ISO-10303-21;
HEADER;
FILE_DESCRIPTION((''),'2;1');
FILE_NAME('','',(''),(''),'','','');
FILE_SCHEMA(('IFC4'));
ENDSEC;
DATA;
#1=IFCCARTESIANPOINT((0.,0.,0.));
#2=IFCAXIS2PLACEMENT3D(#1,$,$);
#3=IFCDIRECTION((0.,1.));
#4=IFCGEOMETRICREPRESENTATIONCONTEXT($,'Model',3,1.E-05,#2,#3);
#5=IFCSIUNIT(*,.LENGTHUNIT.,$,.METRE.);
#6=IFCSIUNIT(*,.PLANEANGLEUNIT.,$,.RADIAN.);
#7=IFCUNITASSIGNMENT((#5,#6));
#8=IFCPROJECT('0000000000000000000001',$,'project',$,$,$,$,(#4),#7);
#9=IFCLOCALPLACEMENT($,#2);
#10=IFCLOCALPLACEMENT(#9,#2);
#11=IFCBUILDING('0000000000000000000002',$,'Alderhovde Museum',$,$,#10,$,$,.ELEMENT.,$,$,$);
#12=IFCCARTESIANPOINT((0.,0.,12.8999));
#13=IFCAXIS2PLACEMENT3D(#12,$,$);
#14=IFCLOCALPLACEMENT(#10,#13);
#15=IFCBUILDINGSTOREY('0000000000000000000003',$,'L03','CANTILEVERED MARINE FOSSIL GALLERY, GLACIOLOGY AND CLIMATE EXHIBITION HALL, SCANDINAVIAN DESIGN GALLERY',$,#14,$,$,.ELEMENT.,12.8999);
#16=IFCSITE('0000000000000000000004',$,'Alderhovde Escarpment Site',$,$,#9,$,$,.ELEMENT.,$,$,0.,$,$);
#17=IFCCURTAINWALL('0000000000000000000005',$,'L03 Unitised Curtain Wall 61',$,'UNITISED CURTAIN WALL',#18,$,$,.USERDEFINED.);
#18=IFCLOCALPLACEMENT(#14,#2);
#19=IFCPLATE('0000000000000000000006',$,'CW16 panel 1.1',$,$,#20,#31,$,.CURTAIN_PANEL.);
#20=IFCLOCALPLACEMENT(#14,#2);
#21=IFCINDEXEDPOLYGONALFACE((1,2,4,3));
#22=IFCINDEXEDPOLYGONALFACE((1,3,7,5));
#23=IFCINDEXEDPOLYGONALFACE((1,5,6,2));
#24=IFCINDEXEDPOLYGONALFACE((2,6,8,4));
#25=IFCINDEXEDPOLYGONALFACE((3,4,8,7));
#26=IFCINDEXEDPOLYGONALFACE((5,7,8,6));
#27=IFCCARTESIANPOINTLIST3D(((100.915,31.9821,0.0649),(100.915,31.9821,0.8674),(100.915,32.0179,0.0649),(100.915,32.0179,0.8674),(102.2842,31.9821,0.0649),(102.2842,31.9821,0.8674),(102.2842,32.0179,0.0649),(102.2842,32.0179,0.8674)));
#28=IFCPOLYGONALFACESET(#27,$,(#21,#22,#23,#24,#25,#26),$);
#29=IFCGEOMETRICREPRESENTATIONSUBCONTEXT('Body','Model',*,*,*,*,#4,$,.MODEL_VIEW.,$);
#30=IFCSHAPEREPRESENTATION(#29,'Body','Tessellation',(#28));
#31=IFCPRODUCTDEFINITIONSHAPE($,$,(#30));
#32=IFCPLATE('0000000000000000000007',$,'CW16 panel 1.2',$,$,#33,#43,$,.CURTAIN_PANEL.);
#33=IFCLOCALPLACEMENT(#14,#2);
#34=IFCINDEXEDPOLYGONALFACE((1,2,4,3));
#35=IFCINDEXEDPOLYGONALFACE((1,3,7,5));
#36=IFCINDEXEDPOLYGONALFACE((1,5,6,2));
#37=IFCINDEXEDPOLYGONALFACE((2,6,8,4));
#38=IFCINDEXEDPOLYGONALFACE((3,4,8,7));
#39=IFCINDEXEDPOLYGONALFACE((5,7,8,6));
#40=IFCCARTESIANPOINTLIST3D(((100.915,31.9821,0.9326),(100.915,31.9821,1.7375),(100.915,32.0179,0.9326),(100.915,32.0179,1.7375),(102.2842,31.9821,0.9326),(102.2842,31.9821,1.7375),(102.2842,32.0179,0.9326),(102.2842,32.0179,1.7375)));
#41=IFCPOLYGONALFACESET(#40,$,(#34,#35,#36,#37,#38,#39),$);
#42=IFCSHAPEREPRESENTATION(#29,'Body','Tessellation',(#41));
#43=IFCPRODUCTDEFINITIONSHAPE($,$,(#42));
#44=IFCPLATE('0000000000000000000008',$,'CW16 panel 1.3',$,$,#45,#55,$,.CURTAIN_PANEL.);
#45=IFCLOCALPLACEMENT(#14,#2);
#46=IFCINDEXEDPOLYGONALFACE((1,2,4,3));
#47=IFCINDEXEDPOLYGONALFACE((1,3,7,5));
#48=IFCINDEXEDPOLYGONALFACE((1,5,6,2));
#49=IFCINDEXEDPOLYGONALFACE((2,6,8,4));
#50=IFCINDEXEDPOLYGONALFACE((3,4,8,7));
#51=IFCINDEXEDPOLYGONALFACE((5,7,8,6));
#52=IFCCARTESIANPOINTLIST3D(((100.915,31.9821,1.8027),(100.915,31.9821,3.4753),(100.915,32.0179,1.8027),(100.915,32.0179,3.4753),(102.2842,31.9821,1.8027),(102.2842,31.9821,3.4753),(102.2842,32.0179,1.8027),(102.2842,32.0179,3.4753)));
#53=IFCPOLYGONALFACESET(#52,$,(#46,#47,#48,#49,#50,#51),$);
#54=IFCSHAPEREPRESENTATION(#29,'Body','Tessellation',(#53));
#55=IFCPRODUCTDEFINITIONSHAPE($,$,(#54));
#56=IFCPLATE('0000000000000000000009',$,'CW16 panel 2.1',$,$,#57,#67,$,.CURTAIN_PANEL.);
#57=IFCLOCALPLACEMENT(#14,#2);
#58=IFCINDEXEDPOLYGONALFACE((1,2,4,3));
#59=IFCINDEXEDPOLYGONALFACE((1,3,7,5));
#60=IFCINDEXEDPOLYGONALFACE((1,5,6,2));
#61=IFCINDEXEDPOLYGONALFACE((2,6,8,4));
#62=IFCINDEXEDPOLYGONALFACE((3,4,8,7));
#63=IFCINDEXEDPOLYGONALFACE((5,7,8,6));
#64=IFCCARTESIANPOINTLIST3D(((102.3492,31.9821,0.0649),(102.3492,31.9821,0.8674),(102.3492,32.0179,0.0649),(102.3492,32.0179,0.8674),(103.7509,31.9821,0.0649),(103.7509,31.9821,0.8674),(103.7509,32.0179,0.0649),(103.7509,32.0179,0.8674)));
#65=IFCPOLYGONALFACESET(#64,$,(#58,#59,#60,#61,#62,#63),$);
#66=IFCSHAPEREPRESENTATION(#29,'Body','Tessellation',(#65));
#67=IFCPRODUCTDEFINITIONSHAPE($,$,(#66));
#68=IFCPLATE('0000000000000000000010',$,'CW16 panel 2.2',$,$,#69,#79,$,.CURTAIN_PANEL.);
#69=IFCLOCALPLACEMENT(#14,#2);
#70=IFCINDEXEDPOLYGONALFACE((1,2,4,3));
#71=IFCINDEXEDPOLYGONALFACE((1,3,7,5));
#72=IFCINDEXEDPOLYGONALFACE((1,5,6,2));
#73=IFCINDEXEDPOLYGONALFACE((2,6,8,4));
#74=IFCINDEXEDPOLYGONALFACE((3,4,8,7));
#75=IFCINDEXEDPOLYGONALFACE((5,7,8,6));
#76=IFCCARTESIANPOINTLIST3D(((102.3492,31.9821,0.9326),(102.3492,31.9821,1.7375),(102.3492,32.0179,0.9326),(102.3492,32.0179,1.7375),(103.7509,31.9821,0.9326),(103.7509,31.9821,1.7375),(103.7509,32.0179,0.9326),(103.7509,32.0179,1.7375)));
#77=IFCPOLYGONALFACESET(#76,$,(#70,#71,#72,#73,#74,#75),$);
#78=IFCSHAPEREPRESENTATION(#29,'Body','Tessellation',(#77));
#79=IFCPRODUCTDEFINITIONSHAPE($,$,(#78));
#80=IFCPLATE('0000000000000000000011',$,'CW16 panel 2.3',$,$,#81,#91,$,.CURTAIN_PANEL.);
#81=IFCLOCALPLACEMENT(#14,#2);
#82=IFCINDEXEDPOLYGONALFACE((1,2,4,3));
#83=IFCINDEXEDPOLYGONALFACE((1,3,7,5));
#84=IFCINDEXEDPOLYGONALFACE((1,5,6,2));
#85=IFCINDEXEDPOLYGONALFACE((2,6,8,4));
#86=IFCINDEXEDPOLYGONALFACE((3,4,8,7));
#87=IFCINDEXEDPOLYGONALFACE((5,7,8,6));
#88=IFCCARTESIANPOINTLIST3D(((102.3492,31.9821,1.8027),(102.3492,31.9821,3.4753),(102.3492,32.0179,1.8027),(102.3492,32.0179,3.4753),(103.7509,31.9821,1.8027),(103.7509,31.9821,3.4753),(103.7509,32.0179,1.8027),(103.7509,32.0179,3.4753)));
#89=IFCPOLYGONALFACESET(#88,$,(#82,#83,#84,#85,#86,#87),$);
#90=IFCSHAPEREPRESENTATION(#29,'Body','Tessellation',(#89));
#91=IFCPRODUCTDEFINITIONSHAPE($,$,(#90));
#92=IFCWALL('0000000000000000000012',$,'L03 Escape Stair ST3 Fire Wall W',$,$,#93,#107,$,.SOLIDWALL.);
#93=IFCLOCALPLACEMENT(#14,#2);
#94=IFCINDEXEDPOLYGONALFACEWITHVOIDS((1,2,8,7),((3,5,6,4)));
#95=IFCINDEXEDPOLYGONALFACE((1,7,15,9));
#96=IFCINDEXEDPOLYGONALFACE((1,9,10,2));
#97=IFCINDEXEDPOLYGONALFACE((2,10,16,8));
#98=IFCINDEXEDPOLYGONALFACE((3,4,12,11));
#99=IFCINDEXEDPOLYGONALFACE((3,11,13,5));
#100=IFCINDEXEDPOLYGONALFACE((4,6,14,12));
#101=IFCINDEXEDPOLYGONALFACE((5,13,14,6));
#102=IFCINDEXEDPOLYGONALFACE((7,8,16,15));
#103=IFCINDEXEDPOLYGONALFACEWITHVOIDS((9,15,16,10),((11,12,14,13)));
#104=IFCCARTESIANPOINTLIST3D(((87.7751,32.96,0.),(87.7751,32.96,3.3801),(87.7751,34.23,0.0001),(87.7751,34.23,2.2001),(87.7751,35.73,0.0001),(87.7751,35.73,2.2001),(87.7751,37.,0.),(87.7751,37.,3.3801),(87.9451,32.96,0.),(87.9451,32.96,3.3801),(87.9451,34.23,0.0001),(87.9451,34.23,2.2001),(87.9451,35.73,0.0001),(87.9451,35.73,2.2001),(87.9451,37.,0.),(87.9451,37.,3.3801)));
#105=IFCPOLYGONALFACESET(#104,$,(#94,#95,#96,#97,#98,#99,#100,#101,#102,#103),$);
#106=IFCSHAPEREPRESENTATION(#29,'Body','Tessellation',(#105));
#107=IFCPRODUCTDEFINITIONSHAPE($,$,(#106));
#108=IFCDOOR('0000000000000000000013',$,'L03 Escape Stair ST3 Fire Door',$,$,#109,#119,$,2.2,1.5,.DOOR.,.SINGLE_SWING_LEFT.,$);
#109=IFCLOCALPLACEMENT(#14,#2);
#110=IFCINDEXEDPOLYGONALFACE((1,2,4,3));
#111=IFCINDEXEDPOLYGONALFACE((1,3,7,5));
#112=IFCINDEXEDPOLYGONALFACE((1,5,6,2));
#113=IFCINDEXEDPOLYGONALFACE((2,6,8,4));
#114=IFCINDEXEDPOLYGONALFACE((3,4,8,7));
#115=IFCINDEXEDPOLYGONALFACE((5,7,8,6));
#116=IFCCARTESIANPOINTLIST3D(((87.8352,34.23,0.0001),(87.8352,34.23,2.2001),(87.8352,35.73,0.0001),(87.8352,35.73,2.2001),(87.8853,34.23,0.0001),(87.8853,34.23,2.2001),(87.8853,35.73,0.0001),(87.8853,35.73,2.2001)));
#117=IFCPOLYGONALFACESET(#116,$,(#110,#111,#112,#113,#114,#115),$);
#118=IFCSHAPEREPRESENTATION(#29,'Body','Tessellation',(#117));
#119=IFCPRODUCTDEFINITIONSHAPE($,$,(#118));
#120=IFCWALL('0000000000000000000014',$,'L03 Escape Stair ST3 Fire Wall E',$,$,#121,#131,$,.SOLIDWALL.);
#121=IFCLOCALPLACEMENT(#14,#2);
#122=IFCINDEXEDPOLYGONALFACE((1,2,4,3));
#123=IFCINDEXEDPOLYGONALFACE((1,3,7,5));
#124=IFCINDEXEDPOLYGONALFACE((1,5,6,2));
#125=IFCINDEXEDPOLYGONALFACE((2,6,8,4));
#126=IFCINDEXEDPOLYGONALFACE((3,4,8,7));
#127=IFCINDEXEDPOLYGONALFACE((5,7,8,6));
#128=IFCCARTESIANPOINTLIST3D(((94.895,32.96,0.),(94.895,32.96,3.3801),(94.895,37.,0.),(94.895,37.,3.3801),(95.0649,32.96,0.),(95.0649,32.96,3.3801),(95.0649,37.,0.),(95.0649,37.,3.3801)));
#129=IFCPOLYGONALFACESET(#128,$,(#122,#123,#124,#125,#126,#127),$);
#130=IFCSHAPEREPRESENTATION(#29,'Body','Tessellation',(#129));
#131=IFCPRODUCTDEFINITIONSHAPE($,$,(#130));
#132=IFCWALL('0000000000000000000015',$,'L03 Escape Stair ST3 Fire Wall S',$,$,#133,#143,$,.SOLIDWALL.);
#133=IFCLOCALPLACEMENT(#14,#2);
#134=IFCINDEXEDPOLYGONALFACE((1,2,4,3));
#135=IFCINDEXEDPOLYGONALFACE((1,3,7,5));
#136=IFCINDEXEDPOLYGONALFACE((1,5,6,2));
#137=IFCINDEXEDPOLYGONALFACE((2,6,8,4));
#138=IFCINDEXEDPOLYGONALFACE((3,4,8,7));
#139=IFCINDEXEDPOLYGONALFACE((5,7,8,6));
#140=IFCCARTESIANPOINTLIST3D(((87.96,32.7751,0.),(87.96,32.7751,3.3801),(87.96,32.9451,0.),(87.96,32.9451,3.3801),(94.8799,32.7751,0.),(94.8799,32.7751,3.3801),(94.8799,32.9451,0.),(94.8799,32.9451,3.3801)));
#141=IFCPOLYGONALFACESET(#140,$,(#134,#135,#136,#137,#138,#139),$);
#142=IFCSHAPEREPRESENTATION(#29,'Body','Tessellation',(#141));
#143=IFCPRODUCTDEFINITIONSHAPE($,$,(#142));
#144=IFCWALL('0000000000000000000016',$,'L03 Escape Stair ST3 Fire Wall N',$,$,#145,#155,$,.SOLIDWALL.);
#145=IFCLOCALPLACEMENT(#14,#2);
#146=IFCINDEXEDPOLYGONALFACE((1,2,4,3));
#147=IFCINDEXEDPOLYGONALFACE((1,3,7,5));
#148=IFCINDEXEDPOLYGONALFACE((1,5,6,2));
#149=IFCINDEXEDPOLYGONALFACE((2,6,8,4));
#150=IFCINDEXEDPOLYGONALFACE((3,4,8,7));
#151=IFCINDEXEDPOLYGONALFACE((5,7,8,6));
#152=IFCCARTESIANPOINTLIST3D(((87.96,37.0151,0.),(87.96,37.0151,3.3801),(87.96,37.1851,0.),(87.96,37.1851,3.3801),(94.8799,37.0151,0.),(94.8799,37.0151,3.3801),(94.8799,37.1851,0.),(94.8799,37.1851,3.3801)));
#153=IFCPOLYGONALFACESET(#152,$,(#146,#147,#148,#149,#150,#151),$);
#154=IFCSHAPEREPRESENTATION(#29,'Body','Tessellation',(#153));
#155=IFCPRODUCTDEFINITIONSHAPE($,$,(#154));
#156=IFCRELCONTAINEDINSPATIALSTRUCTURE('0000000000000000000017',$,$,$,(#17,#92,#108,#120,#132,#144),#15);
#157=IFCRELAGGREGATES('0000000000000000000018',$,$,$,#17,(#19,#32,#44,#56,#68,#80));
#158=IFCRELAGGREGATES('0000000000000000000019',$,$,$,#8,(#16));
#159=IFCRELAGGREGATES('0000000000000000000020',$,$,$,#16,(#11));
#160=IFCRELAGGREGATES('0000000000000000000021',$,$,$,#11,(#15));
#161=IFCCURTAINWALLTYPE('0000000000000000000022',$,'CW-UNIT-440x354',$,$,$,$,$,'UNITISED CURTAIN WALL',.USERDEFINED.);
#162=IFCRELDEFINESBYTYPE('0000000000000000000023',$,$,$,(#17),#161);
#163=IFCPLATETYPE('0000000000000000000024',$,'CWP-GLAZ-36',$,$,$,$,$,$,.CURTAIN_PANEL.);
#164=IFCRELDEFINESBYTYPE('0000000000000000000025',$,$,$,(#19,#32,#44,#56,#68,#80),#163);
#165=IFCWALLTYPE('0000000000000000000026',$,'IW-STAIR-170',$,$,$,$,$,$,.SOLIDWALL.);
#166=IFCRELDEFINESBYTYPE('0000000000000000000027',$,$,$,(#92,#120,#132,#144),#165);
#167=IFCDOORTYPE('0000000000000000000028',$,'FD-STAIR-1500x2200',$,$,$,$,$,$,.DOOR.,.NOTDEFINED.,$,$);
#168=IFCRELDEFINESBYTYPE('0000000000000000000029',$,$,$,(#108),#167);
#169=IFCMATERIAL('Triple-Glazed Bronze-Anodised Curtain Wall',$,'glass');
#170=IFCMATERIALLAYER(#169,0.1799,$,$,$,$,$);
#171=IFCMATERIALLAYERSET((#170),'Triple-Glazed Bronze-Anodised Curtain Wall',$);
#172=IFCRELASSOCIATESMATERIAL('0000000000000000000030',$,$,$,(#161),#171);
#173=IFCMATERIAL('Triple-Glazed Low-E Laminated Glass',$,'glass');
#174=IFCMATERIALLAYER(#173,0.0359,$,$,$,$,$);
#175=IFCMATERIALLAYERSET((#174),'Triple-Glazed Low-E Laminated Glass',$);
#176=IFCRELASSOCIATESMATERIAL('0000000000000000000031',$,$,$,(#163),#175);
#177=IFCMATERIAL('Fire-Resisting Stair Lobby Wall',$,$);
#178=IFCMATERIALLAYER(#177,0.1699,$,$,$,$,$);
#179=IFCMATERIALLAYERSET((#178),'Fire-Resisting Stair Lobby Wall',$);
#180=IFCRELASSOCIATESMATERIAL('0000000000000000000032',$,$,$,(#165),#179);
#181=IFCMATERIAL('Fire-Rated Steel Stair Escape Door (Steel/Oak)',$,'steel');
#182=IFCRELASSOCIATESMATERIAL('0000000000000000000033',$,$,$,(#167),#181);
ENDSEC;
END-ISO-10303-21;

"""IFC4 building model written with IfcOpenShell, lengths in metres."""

from ifc_helpers import new_model, si_unit, direction, frame, frame_2d, origin, origin_2d, place, context, subcontext, project, spatial, rectangle, extrude, material, layer, layer_set, type_object, element, fill, aggregate, save


model = new_model("IFC4")

# Units and contexts
model_context = context("Model", 3, precision=1e-05, world=origin(), true_north=direction((0.0, 1.0)))
body_context = subcontext(model_context, "Body", "Model", "MODEL_VIEW")
ifc_project = project(units=[si_unit("LENGTHUNIT", "METRE"), si_unit("PLANEANGLEUNIT", "RADIAN")], contexts=[model_context])

# Site, building, storey
site_placement = place(None, origin())
site = spatial("IfcSite", under=ifc_project, at=site_placement, Name="Alderhovde Escarpment Site", CompositionType="ELEMENT", RefElevation=0.0)
building_placement = place(site_placement, origin())
building = spatial("IfcBuilding", under=site, at=building_placement, Name="Alderhovde Museum", CompositionType="ELEMENT")
storey_placement = place(building_placement, frame((0.0, 0.0, 12.8999)))
storey = spatial("IfcBuildingStorey", under=building, at=storey_placement, Name="L03", Description="CANTILEVERED MARINE FOSSIL GALLERY, GLACIOLOGY AND CLIMATE EXHIBITION HALL, SCANDINAVIAN DESIGN GALLERY", CompositionType="ELEMENT", Elevation=12.8999)

# Curtain wall
ifc_material_1 = material(Name="Triple-Glazed Bronze-Anodised Curtain Wall", Category="glass")
ifc_layer_1 = layer(ifc_material_1, 0.1799)
ifc_layer_set_1 = layer_set([ifc_layer_1], Name="Triple-Glazed Bronze-Anodised Curtain Wall")
curtain_wall_type = type_object("IfcCurtainWallType", Name="CW-UNIT-440x354", ElementType="UNITISED CURTAIN WALL", PredefinedType="USERDEFINED", material=ifc_layer_set_1)
curtain_wall_placement = place(storey_placement, origin())
curtain_wall = element("IfcCurtainWall", 1, at=curtain_wall_placement, inside=storey, type_object=curtain_wall_type, Name="L03 Unitised Curtain Wall 61", ObjectType="UNITISED CURTAIN WALL", PredefinedType="USERDEFINED")

# Plates
ifc_material_2 = material(Name="Triple-Glazed Low-E Laminated Glass", Category="glass")
ifc_layer_2 = layer(ifc_material_2, 0.0359)
ifc_layer_set_2 = layer_set([ifc_layer_2], Name="Triple-Glazed Low-E Laminated Glass")
plate_type = type_object("IfcPlateType", Name="CWP-GLAZ-36", PredefinedType="CURTAIN_PANEL", material=ifc_layer_set_2)
plate_1_placement = place(storey_placement, frame((101.5996, 32.0, 0.0649), z_axis=(0.0, 0.0, 1.0), x_axis=(1.0, 0.0, 0.0)))
plate_1 = element("IfcPlate", 2, at=plate_1_placement, type_object=plate_type, Name="CW16 panel 1.1", PredefinedType="CURTAIN_PANEL", context=body_context, shape_type="SweptSolid", body=[
    extrude(rectangle(XDim=1.3691, YDim=0.0359, at=origin_2d()), origin(), (0.0, 0.0, 1.0), 0.8025),
])
plate_2_placement = place(storey_placement, frame((101.5996, 32.0, 0.9326), z_axis=(0.0, 0.0, 1.0), x_axis=(1.0, 0.0, 0.0)))
plate_2 = element("IfcPlate", 3, at=plate_2_placement, type_object=plate_type, Name="CW16 panel 1.2", PredefinedType="CURTAIN_PANEL", context=body_context, shape_type="SweptSolid", body=[
    extrude(rectangle(XDim=1.3691, YDim=0.0359, at=origin_2d()), origin(), (0.0, 0.0, 1.0), 0.8049),
])
plate_3_placement = place(storey_placement, frame((101.5996, 32.0, 1.8027), z_axis=(0.0, 0.0, 1.0), x_axis=(1.0, 0.0, 0.0)))
plate_3 = element("IfcPlate", 4, at=plate_3_placement, type_object=plate_type, Name="CW16 panel 1.3", PredefinedType="CURTAIN_PANEL", context=body_context, shape_type="SweptSolid", body=[
    extrude(rectangle(XDim=1.3691, YDim=0.0359, at=origin_2d()), origin(), (0.0, 0.0, 1.0), 1.6726),
])
plate_4_placement = place(storey_placement, frame((103.05, 32.0, 0.0649), z_axis=(0.0, 0.0, 1.0), x_axis=(1.0, 0.0, 0.0)))
plate_4 = element("IfcPlate", 5, at=plate_4_placement, type_object=plate_type, Name="CW16 panel 2.1", PredefinedType="CURTAIN_PANEL", context=body_context, shape_type="SweptSolid", body=[
    extrude(rectangle(XDim=1.4016, YDim=0.0359, at=origin_2d()), origin(), (0.0, 0.0, 1.0), 0.8025),
])
plate_5_placement = place(storey_placement, frame((103.05, 32.0, 0.9326), z_axis=(0.0, 0.0, 1.0), x_axis=(1.0, 0.0, 0.0)))
plate_5 = element("IfcPlate", 6, at=plate_5_placement, type_object=plate_type, Name="CW16 panel 2.2", PredefinedType="CURTAIN_PANEL", context=body_context, shape_type="SweptSolid", body=[
    extrude(rectangle(XDim=1.4016, YDim=0.0359, at=origin_2d()), origin(), (0.0, 0.0, 1.0), 0.8049),
])
plate_6_placement = place(storey_placement, frame((103.05, 32.0, 1.8027), z_axis=(0.0, 0.0, 1.0), x_axis=(1.0, 0.0, 0.0)))
plate_6 = element("IfcPlate", 7, at=plate_6_placement, type_object=plate_type, Name="CW16 panel 2.3", PredefinedType="CURTAIN_PANEL", context=body_context, shape_type="SweptSolid", body=[
    extrude(rectangle(XDim=1.4016, YDim=0.0359, at=origin_2d()), origin(), (0.0, 0.0, 1.0), 1.6726),
])
aggregate(curtain_wall, [plate_1, plate_2, plate_3, plate_4, plate_5, plate_6])

# Wall, opening, door
ifc_material_3 = material(Name="Fire-Resisting Stair Lobby Wall")
ifc_layer_3 = layer(ifc_material_3, 0.1699)
ifc_layer_set_3 = layer_set([ifc_layer_3], Name="Fire-Resisting Stair Lobby Wall")
wall_type = type_object("IfcWallType", Name="IW-STAIR-170", PredefinedType="SOLIDWALL", material=ifc_layer_set_3)
wall_1_placement = place(storey_placement, frame((87.8601, 32.96, 0.0), z_axis=(0.0, 0.0, 1.0), x_axis=(0.0, 1.0, 0.0)))
wall_1 = element("IfcWall", 8, at=wall_1_placement, inside=storey, type_object=wall_type, Name="L03 Escape Stair ST3 Fire Wall W", PredefinedType="SOLIDWALL", context=body_context, shape_type="SweptSolid", body=[
    extrude(rectangle(XDim=4.04, YDim=0.1699, at=frame_2d((2.02, 0.0))), origin(), (0.0, 0.0, 1.0), 3.3801),
])
opening_placement = place(wall_1_placement, frame((1.27, 0.0, 0.0)))
opening = element("IfcOpeningElement", 9, at=opening_placement, cuts=wall_1, PredefinedType="OPENING", context=body_context, shape_type="SweptSolid", body=[
    extrude(rectangle(XDim=1.5, YDim=2.2, at=frame_2d((0.75, 1.1001))), frame((0.0, 0.095, 0.0), z_axis=(0.0, -1.0, 0.0), x_axis=(1.0, 0.0, 0.0)), (0.0, 0.0, 1.0), 0.1899),
])
ifc_material_4 = material(Name="Fire-Rated Steel Stair Escape Door (Steel/Oak)", Category="steel")
door_type = type_object("IfcDoorType", Name="FD-STAIR-1500x2200", OperationType="NOTDEFINED", PredefinedType="DOOR", material=ifc_material_4)
door_placement = place(opening_placement, origin())
door = element("IfcDoor", 10, at=door_placement, inside=storey, type_object=door_type, Name="L03 Escape Stair ST3 Fire Door", OperationType="SINGLE_SWING_LEFT", OverallHeight=2.2, OverallWidth=1.5, PredefinedType="DOOR", context=body_context, shape_type="SweptSolid", body=[
    extrude(rectangle(XDim=1.5, YDim=2.2, at=frame_2d((0.75, 1.1001))), frame((0.0, 0.0249, 0.0), z_axis=(0.0, -1.0, 0.0), x_axis=(1.0, 0.0, 0.0)), (0.0, 0.0, 1.0), 0.05),
])
fill(opening, door)

# Walls
wall_2_placement = place(storey_placement, frame((94.98, 32.96, 0.0), z_axis=(0.0, 0.0, 1.0), x_axis=(0.0, 1.0, 0.0)))
element("IfcWall", 11, at=wall_2_placement, inside=storey, type_object=wall_type, Name="L03 Escape Stair ST3 Fire Wall E", PredefinedType="SOLIDWALL", context=body_context, shape_type="SweptSolid", body=[
    extrude(rectangle(XDim=4.04, YDim=0.1699, at=frame_2d((2.02, 0.0))), origin(), (0.0, 0.0, 1.0), 3.3801),
])
for number, where, z_axis, x_axis, name in (
    (12, (87.96, 32.8601, 0.0), (0.0, 0.0, 1.0), (1.0, 0.0, 0.0), "L03 Escape Stair ST3 Fire Wall S"),
    (13, (87.96, 37.1001, 0.0), (0.0, 0.0, 1.0), (1.0, 0.0, 0.0), "L03 Escape Stair ST3 Fire Wall N"),
):
    element("IfcWall", number, at=place(storey_placement, frame(where, z_axis=z_axis, x_axis=x_axis)), inside=storey, type_object=wall_type, Name=name, PredefinedType="SOLIDWALL", context=body_context, shape_type="SweptSolid", body=[
        extrude(rectangle(XDim=6.9199, YDim=0.1699, at=frame_2d((3.46, 0.0))), origin(), (0.0, 0.0, 1.0), 3.3801),
    ])

save(model, "model.ifc")
